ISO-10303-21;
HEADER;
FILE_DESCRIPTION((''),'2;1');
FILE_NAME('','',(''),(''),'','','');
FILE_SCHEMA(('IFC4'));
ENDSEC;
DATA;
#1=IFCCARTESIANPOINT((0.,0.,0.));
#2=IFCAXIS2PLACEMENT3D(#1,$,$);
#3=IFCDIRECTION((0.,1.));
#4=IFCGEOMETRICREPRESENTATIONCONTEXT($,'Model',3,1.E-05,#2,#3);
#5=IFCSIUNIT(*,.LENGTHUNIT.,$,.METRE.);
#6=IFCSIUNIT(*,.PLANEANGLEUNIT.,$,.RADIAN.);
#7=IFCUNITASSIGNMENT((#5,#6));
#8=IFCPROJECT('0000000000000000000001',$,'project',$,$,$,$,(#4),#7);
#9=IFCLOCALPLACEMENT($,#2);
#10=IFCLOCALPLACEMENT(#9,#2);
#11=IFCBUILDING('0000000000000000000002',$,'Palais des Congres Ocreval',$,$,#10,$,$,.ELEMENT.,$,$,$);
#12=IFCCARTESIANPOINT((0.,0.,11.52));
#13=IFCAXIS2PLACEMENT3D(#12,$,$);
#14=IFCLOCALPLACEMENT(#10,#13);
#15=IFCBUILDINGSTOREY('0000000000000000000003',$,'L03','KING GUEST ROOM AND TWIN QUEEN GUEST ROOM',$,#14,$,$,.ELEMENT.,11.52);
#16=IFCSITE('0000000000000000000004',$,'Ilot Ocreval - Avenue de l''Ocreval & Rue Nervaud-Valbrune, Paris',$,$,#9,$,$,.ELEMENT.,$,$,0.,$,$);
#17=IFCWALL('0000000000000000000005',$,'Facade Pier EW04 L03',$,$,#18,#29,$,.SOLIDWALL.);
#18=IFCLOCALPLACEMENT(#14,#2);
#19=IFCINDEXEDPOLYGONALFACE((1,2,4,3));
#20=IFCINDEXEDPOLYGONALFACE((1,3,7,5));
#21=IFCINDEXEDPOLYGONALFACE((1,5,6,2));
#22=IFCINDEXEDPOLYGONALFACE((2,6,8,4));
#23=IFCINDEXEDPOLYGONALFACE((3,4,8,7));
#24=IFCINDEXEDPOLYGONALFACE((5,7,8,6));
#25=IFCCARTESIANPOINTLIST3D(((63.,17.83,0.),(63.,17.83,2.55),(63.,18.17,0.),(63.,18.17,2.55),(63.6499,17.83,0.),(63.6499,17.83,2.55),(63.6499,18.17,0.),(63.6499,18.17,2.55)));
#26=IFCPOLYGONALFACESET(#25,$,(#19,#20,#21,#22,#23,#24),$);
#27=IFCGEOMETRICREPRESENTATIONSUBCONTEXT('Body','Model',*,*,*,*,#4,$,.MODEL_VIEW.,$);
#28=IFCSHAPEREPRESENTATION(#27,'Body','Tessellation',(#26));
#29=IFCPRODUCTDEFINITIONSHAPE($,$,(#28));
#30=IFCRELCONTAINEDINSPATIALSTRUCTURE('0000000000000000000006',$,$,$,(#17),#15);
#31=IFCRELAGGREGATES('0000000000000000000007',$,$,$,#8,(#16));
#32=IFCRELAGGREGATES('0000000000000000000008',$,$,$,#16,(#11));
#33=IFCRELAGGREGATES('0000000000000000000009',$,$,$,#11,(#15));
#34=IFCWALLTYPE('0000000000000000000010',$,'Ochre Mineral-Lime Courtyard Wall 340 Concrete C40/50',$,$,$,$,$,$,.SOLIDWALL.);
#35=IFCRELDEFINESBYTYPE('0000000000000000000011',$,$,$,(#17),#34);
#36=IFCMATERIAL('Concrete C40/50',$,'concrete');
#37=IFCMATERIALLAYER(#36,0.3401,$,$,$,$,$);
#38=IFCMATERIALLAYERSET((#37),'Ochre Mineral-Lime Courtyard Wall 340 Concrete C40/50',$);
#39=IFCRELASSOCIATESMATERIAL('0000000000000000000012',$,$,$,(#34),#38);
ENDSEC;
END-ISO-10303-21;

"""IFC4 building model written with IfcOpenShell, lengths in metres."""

from ifc_helpers import new_model, si_unit, direction, frame, frame_2d, origin, place, context, subcontext, project, spatial, rectangle, extrude, material, layer, layer_set, type_object, element, save


model = new_model("IFC4")

# Units and contexts
model_context = context("Model", 3, precision=1e-05, world=origin(), true_north=direction((0.0, 1.0)))
body_context = subcontext(model_context, "Body", "Model", "MODEL_VIEW")
ifc_project = project(units=[si_unit("LENGTHUNIT", "METRE"), si_unit("PLANEANGLEUNIT", "RADIAN")], contexts=[model_context])

# Site, building, storey
site_placement = place(None, origin())
site = spatial("IfcSite", under=ifc_project, at=site_placement, Name="Ilot Ocreval - Avenue de l'Ocreval & Rue Nervaud-Valbrune, Paris", CompositionType="ELEMENT", RefElevation=0.0)
building_placement = place(site_placement, origin())
building = spatial("IfcBuilding", under=site, at=building_placement, Name="Palais des Congres Ocreval", CompositionType="ELEMENT")
storey_placement = place(building_placement, frame((0.0, 0.0, 11.52)))
storey = spatial("IfcBuildingStorey", under=building, at=storey_placement, Name="L03", Description="KING GUEST ROOM AND TWIN QUEEN GUEST ROOM", CompositionType="ELEMENT", Elevation=11.52)

# Shared definitions
ifc_material_1 = material(Name="Concrete C40/50", Category="concrete")

# Wall
ifc_layer_1 = layer(ifc_material_1, 0.3401)
ifc_layer_set_1 = layer_set([ifc_layer_1], Name="Ochre Mineral-Lime Courtyard Wall 340 Concrete C40/50")
wall_type_1 = type_object("IfcWallType", Name="Ochre Mineral-Lime Courtyard Wall 340 Concrete C40/50", PredefinedType="SOLIDWALL", material=ifc_layer_set_1)
wall_1_placement = place(storey_placement, frame((63.0, 18.0, 0.0), z_axis=(0.0, 0.0, 1.0), x_axis=(1.0, 0.0, 0.0)))
element("IfcWall", 1, at=wall_1_placement, inside=storey, type_object=wall_type_1, Name="Facade Pier EW04 L03", PredefinedType="SOLIDWALL", context=body_context, shape_type="SweptSolid", body=[
    extrude(rectangle(XDim=0.6499, YDim=0.3401, at=frame_2d((0.325, 0.0))), origin(), (0.0, 0.0, 1.0), 2.55),
])

save(model, "model.ifc")
